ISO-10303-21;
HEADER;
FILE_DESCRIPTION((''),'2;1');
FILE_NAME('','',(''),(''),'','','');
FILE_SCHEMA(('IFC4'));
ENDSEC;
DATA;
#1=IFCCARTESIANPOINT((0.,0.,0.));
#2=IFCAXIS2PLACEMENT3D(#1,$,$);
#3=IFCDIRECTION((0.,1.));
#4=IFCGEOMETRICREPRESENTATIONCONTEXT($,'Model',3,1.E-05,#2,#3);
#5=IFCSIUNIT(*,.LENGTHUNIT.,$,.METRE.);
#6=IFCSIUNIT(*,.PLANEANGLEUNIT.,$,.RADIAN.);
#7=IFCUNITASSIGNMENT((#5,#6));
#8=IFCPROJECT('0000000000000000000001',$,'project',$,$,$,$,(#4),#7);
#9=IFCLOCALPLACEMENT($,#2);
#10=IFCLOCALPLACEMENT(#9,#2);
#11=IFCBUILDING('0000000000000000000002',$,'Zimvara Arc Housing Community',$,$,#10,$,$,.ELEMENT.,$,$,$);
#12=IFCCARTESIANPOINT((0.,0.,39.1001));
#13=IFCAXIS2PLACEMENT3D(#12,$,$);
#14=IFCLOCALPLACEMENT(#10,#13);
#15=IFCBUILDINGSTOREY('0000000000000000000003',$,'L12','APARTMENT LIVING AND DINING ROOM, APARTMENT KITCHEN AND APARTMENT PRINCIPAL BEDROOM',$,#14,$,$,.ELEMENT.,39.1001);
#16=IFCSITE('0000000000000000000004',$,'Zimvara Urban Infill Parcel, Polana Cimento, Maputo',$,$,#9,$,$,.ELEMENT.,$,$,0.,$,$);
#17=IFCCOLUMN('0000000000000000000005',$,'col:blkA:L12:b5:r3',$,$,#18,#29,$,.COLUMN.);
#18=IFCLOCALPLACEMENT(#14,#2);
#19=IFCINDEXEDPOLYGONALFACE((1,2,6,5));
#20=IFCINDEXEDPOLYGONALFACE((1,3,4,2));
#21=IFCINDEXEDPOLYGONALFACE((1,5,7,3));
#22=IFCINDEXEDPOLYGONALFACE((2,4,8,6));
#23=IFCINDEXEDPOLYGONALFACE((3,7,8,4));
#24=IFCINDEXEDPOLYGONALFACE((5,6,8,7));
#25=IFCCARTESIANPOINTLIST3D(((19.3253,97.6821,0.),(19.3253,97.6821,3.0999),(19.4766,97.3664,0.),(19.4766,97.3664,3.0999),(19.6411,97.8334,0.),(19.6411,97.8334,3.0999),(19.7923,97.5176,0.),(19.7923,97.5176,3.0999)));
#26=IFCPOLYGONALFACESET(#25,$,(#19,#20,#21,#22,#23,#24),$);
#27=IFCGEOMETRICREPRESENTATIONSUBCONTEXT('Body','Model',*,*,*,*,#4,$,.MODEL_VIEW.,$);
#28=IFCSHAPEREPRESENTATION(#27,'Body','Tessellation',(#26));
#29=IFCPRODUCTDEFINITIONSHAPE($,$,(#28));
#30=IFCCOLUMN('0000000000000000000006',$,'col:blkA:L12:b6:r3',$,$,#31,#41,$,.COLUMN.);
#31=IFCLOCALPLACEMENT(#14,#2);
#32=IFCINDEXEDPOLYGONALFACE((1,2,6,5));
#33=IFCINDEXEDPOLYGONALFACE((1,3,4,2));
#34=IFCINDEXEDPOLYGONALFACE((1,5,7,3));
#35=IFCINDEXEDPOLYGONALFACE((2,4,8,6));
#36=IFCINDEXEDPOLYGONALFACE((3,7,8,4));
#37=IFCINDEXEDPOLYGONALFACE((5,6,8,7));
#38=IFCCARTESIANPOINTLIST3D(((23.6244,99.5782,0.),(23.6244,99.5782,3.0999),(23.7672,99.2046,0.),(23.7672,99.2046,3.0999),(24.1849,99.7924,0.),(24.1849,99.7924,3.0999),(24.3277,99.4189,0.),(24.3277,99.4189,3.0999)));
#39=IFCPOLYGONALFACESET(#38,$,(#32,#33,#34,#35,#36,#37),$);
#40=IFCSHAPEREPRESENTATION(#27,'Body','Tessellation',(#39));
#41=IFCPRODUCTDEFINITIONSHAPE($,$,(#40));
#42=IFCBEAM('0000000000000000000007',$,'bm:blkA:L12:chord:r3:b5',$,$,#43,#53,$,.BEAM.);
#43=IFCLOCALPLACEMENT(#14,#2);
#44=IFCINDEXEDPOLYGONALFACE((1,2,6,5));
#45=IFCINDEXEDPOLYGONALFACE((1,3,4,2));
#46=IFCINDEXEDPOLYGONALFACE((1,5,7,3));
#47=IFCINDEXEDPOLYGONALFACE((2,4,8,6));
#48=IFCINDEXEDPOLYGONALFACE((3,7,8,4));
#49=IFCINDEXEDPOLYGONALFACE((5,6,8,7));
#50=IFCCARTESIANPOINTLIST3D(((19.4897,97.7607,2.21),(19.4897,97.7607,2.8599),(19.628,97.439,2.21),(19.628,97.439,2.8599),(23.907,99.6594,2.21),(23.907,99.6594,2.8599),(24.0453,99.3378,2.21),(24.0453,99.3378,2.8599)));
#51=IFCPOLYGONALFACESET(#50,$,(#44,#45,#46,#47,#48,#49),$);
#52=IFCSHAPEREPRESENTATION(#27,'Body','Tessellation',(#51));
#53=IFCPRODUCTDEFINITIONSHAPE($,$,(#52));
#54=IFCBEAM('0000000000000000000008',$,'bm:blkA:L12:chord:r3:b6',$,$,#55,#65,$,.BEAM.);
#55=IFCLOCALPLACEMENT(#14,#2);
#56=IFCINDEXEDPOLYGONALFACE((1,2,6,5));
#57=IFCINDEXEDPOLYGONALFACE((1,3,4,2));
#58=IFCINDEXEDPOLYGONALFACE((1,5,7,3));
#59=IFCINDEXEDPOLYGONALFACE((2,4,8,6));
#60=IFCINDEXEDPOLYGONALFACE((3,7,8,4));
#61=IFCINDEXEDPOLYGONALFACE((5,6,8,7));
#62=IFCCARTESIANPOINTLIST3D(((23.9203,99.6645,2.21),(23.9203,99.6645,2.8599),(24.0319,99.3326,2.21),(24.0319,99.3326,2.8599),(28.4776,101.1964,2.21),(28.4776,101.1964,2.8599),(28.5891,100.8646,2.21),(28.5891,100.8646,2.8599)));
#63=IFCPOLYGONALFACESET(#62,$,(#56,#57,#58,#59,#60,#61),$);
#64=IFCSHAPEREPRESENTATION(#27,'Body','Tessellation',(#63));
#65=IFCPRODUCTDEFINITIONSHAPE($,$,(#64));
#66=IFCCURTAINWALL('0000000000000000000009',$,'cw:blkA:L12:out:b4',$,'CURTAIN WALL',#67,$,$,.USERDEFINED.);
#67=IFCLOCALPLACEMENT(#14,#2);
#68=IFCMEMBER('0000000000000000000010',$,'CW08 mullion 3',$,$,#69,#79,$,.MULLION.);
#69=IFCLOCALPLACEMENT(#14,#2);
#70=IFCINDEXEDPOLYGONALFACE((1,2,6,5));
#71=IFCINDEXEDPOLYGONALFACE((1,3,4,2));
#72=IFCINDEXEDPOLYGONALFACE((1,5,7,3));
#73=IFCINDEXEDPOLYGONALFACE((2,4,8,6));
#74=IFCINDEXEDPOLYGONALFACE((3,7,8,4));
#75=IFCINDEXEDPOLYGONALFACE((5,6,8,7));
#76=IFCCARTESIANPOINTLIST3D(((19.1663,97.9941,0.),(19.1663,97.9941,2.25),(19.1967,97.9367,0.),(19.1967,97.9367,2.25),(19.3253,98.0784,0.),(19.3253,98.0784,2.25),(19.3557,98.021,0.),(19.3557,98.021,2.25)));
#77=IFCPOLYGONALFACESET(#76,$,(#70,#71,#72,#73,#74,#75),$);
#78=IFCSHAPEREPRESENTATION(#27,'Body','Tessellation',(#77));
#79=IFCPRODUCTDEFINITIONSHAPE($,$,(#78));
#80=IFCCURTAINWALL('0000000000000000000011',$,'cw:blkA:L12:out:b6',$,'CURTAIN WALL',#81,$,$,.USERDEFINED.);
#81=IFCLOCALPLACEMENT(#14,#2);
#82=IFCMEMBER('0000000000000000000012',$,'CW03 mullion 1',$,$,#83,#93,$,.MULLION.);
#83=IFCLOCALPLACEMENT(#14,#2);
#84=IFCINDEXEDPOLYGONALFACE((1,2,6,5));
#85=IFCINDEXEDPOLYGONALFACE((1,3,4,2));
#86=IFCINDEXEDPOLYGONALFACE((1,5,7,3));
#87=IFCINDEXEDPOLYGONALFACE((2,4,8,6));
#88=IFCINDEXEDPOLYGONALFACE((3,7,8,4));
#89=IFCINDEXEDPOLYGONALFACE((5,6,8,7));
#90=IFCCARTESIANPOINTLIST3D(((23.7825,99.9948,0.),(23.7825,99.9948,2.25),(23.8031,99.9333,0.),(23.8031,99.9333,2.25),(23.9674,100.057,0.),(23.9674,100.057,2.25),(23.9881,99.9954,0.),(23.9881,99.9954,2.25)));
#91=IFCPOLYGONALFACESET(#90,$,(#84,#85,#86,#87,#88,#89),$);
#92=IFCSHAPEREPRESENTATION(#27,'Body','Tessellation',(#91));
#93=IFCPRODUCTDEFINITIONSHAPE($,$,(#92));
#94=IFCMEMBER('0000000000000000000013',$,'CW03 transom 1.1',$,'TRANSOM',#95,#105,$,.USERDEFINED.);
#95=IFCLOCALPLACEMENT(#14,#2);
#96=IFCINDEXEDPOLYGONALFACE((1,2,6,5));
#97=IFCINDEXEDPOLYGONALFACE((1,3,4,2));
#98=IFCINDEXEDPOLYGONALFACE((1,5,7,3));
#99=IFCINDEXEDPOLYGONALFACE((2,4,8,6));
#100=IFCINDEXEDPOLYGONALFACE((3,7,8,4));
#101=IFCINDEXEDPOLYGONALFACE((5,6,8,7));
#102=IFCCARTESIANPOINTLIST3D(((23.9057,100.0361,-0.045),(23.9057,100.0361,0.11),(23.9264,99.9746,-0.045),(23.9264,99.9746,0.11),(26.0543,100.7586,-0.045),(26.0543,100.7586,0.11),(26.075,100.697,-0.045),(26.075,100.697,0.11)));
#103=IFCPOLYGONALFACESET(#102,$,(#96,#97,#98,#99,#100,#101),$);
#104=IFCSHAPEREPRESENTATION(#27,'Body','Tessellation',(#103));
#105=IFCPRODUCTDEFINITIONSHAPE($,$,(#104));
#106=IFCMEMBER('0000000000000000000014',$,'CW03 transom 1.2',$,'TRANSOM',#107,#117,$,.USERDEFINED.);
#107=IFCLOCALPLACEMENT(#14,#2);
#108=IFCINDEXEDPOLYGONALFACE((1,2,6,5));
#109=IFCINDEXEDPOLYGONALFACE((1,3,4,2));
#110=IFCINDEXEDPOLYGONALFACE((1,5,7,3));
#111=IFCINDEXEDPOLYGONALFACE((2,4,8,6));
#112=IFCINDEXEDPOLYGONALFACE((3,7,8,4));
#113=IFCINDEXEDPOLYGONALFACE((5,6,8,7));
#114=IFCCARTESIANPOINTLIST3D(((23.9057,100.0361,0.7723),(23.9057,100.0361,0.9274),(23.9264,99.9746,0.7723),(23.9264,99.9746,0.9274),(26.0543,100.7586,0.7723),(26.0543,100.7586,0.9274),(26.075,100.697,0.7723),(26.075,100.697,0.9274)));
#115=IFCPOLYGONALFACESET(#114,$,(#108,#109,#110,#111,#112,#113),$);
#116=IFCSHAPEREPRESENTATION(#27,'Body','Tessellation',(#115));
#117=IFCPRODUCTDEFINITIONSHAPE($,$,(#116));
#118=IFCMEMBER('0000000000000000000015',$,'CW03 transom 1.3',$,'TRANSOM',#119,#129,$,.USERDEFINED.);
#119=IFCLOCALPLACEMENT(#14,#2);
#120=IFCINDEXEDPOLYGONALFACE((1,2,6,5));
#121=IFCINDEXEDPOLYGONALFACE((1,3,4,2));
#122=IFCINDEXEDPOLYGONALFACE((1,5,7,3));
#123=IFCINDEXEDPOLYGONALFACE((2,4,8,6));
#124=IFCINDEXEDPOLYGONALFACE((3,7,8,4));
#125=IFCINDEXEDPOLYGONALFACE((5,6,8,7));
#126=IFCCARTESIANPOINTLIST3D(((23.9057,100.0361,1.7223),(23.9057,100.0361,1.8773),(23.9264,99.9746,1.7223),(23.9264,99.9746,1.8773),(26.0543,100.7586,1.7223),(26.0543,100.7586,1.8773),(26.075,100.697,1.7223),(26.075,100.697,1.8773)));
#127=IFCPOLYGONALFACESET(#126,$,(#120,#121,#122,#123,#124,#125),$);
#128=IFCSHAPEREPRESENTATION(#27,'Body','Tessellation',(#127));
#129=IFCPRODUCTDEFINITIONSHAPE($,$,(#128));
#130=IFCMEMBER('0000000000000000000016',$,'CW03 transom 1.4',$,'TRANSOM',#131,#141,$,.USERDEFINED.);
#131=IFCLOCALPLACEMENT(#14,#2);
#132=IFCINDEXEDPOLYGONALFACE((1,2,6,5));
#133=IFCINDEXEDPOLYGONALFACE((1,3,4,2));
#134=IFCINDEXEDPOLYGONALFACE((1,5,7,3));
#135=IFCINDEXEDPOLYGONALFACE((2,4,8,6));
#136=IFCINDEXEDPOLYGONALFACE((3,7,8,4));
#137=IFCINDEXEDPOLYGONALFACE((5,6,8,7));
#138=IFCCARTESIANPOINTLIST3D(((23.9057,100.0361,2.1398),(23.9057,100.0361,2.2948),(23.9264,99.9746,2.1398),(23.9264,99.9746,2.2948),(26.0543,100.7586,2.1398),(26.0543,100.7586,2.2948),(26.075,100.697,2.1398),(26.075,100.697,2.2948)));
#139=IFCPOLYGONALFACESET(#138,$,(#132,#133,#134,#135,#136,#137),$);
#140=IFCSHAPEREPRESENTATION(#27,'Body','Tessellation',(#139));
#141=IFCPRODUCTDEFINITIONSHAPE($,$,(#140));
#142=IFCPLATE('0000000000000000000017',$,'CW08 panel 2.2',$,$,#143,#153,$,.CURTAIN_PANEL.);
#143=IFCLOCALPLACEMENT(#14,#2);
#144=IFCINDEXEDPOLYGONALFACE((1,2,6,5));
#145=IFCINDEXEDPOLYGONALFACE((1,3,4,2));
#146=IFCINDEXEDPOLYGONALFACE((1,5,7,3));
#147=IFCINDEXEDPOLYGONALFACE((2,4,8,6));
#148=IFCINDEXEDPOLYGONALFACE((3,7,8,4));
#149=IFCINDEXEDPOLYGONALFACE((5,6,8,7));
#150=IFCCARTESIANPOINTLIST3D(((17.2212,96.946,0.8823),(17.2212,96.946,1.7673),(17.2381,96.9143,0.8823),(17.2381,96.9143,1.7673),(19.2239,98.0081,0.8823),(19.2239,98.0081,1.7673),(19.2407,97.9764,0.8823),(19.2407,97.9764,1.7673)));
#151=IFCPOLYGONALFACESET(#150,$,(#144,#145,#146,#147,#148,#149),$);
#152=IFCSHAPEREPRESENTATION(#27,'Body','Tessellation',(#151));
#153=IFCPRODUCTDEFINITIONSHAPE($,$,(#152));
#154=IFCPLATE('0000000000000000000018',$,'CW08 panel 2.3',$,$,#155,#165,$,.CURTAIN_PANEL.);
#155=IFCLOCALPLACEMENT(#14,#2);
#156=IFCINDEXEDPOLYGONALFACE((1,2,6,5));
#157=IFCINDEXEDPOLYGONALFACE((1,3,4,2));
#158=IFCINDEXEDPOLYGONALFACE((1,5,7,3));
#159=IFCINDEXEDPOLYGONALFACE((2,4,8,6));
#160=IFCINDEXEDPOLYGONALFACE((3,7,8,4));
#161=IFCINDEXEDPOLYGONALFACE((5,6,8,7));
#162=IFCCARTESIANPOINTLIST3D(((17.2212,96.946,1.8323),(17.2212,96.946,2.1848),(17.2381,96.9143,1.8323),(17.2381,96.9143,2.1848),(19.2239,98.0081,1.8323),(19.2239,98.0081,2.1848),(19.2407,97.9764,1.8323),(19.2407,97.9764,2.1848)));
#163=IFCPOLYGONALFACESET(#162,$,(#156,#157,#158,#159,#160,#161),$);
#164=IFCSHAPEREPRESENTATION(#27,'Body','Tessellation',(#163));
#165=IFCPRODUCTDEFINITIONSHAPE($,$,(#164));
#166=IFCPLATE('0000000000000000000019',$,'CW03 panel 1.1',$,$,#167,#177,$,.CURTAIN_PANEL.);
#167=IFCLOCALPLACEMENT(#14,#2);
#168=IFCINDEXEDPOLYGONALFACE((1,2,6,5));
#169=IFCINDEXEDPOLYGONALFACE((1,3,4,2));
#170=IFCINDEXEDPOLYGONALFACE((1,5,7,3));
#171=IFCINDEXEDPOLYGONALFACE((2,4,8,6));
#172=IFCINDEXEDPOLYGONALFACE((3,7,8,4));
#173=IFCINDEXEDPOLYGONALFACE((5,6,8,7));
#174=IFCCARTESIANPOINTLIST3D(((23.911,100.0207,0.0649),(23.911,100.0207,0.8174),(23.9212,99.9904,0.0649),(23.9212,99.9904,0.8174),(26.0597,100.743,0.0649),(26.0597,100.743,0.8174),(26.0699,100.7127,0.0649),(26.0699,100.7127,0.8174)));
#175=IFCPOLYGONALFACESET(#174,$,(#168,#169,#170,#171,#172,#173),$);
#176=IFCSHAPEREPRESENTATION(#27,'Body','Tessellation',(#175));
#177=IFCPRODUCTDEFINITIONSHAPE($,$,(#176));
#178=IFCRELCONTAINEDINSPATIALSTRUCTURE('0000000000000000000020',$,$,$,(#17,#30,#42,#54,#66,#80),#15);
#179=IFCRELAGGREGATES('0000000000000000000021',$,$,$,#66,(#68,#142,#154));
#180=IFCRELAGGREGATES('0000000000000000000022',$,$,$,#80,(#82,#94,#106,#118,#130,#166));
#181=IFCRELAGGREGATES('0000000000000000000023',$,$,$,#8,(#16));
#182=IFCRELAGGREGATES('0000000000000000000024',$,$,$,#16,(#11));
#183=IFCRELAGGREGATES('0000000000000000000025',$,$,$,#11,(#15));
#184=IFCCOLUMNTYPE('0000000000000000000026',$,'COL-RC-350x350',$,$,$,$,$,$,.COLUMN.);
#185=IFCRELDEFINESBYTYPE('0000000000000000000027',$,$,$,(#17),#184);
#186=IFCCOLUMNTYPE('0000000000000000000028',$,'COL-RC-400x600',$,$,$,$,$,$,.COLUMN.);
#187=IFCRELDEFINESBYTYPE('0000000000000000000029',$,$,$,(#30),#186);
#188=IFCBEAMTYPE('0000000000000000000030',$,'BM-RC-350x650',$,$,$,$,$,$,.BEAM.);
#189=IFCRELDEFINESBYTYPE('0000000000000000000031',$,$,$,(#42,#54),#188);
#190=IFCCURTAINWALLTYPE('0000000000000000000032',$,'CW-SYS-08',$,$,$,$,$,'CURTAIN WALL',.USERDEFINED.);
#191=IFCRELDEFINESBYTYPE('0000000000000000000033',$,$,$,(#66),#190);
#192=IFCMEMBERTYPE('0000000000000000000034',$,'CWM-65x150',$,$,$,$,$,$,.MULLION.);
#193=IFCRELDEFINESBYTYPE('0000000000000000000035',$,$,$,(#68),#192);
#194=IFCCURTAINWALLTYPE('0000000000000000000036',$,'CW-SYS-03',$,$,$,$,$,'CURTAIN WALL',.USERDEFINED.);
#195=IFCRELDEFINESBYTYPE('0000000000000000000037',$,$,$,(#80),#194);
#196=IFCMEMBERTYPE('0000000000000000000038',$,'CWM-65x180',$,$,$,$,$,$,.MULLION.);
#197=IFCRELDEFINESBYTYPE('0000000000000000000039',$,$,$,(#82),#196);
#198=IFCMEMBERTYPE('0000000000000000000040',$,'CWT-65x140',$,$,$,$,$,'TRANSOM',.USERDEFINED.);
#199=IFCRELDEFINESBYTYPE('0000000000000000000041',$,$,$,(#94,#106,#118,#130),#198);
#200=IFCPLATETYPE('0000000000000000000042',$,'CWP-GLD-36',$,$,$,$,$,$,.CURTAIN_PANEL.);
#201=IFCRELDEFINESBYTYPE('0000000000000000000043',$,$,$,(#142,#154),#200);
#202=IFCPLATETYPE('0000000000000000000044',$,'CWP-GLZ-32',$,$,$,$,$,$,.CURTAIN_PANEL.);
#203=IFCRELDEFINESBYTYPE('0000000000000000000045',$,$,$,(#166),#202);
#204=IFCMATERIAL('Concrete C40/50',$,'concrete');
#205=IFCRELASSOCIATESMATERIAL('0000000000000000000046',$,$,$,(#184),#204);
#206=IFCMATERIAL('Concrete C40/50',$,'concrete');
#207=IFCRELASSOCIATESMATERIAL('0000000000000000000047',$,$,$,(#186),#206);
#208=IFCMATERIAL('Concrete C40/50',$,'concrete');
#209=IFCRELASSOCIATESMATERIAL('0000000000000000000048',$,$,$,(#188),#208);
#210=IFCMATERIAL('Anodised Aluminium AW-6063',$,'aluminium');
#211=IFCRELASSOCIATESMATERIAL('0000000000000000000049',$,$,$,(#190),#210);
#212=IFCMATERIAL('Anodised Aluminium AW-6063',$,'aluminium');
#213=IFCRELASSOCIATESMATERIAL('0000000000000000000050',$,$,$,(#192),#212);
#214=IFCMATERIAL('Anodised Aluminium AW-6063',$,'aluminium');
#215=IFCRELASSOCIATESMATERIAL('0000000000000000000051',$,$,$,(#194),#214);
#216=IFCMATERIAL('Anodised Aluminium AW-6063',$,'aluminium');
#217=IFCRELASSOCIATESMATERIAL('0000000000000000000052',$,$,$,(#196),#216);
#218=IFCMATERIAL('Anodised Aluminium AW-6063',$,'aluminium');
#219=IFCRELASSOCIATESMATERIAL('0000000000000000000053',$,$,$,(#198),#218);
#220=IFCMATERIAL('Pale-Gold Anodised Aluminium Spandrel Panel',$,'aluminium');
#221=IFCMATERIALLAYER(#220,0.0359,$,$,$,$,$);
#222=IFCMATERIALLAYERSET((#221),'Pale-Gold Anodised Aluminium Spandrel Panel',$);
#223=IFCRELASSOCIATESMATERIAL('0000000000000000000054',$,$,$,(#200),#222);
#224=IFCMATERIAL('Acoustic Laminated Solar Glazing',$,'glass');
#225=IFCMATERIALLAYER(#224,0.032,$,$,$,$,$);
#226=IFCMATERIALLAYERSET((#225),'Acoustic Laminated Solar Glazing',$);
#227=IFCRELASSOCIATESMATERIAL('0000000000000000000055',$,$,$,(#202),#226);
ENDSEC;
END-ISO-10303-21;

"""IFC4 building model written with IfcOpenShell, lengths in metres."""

from ifc_helpers import new_model, si_unit, direction, frame, origin, origin_2d, place, context, subcontext, project, spatial, rectangle, extrude, material, layer, layer_set, material_profile, profile_set, type_object, element, aggregate, save


model = new_model("IFC4")

# Units and contexts
model_context = context("Model", 3, precision=1e-05, world=origin(), true_north=direction((0.0, 1.0)))
body_context = subcontext(model_context, "Body", "Model", "MODEL_VIEW")
ifc_project = project(units=[si_unit("LENGTHUNIT", "METRE"), si_unit("PLANEANGLEUNIT", "RADIAN")], contexts=[model_context])

# Site, building, storey
site_placement = place(None, origin())
site = spatial("IfcSite", under=ifc_project, at=site_placement, Name="Zimvara Urban Infill Parcel, Polana Cimento, Maputo", CompositionType="ELEMENT", RefElevation=0.0)
building_placement = place(site_placement, origin())
building = spatial("IfcBuilding", under=site, at=building_placement, Name="Zimvara Arc Housing Community", CompositionType="ELEMENT")
storey_placement = place(building_placement, frame((0.0, 0.0, 39.1001)))
storey = spatial("IfcBuildingStorey", under=building, at=storey_placement, Name="L12", Description="APARTMENT LIVING AND DINING ROOM, APARTMENT KITCHEN AND APARTMENT PRINCIPAL BEDROOM", CompositionType="ELEMENT", Elevation=39.1001)

# Columns
ifc_material_1 = material(Name="Concrete C40/50", Category="concrete")
ifc_material_profile_1 = material_profile(ifc_material_1, rectangle(XDim=0.3501, YDim=0.3501, at=origin_2d()), Name="RC 350x350")
ifc_profile_set_1 = profile_set([ifc_material_profile_1], Name="Concrete C40/50")
column_type_1 = type_object("IfcColumnType", Name="COL-RC-350x350", PredefinedType="COLUMN", material=ifc_profile_set_1)
column_1_placement = place(storey_placement, frame((19.5588, 97.5999, 0.0), z_axis=(0.0, 0.0, 1.0), x_axis=(-0.432086, 0.901833, 0.0)))
element("IfcColumn", 1, at=column_1_placement, inside=storey, type_object=column_type_1, Name="col:blkA:L12:b5:r3", PredefinedType="COLUMN", context=body_context, shape_type="SweptSolid", body=[
    extrude(rectangle(XDim=0.3501, YDim=0.3501, at=origin_2d()), origin(), (0.0, 0.0, 1.0), 3.0999),
])
ifc_material_2 = material(Name="Concrete C40/50", Category="concrete")
ifc_material_profile_2 = material_profile(ifc_material_2, rectangle(XDim=0.3999, YDim=0.6001, at=origin_2d()), Name="RC 400x600")
ifc_profile_set_2 = profile_set([ifc_material_profile_2], Name="Concrete C40/50")
column_type_2 = type_object("IfcColumnType", Name="COL-RC-400x600", PredefinedType="COLUMN", material=ifc_profile_set_2)
column_2_placement = place(storey_placement, frame((23.9761, 99.4985, 0.0), z_axis=(0.0, 0.0, 1.0), x_axis=(-0.357064, 0.93408, 0.0)))
element("IfcColumn", 2, at=column_2_placement, inside=storey, type_object=column_type_2, Name="col:blkA:L12:b6:r3", PredefinedType="COLUMN", context=body_context, shape_type="SweptSolid", body=[
    extrude(rectangle(XDim=0.3999, YDim=0.6001, at=origin_2d()), origin(), (0.0, 0.0, 1.0), 3.0999),
])

# Beams
ifc_material_3 = material(Name="Concrete C40/50", Category="concrete")
ifc_material_profile_3 = material_profile(ifc_material_3, rectangle(XDim=0.3501, YDim=0.6499, at=origin_2d()), Name="RC 350x650")
ifc_profile_set_3 = profile_set([ifc_material_profile_3], Name="Concrete C40/50")
beam_type = type_object("IfcBeamType", Name="BM-RC-350x650", PredefinedType="BEAM", material=ifc_profile_set_3)
beam_1_placement = place(storey_placement, frame((19.5588, 97.5999, 2.5349), z_axis=(0.918724, 0.3949, 0.0), x_axis=(-0.3949, 0.918724, 0.0)))
element("IfcBeam", 3, at=beam_1_placement, inside=storey, type_object=beam_type, Name="bm:blkA:L12:chord:r3:b5", PredefinedType="BEAM", context=body_context, shape_type="SweptSolid", body=[
    extrude(rectangle(XDim=0.3501, YDim=0.6499, at=origin_2d()), origin(), (0.0, 0.0, 1.0), 4.8081),
])
beam_2_placement = place(storey_placement, frame((23.9761, 99.4985, 2.5349), z_axis=(0.947878, 0.318634, 0.0), x_axis=(-0.318634, 0.947878, 0.0)))
element("IfcBeam", 4, at=beam_2_placement, inside=storey, type_object=beam_type, Name="bm:blkA:L12:chord:r3:b6", PredefinedType="BEAM", context=body_context, shape_type="SweptSolid", body=[
    extrude(rectangle(XDim=0.3501, YDim=0.6499, at=origin_2d()), origin(), (0.0, 0.0, 1.0), 4.8079),
])

# Curtain wall, member
ifc_material_4 = material(Name="Anodised Aluminium AW-6063", Category="aluminium")
curtain_wall_type_1 = type_object("IfcCurtainWallType", Name="CW-SYS-08", ElementType="CURTAIN WALL", PredefinedType="USERDEFINED", material=ifc_material_4)
curtain_wall_1_placement = place(storey_placement, origin())
curtain_wall_1 = element("IfcCurtainWall", 5, at=curtain_wall_1_placement, inside=storey, type_object=curtain_wall_type_1, Name="cw:blkA:L12:out:b4", ObjectType="CURTAIN WALL", PredefinedType="USERDEFINED")
ifc_material_5 = material(Name="Anodised Aluminium AW-6063", Category="aluminium")
ifc_material_profile_4 = material_profile(ifc_material_5, rectangle(XDim=0.0649, YDim=0.1799, at=origin_2d()), Name="ALU 65x180")
ifc_profile_set_4 = profile_set([ifc_material_profile_4], Name="Anodised Aluminium AW-6063")
member_type_1 = type_object("IfcMemberType", Name="CWM-65x150", PredefinedType="MULLION", material=ifc_profile_set_4)
member_1_placement = place(storey_placement, frame((19.261, 98.0076, 0.0), z_axis=(0.0, 0.0, 1.0), x_axis=(-0.468547, 0.883439, 0.0)))
member_1 = element("IfcMember", 6, at=member_1_placement, type_object=member_type_1, Name="CW08 mullion 3", PredefinedType="MULLION", context=body_context, shape_type="SweptSolid", body=[
    extrude(rectangle(XDim=0.0649, YDim=0.1799, at=origin_2d()), origin(), (0.0, 0.0, 1.0), 2.25),
])

# Curtain wall, members
ifc_material_6 = material(Name="Anodised Aluminium AW-6063", Category="aluminium")
curtain_wall_type_2 = type_object("IfcCurtainWallType", Name="CW-SYS-03", ElementType="CURTAIN WALL", PredefinedType="USERDEFINED", material=ifc_material_6)
curtain_wall_2_placement = place(storey_placement, origin())
curtain_wall_2 = element("IfcCurtainWall", 7, at=curtain_wall_2_placement, inside=storey, type_object=curtain_wall_type_2, Name="cw:blkA:L12:out:b6", ObjectType="CURTAIN WALL", PredefinedType="USERDEFINED")
ifc_material_7 = material(Name="Anodised Aluminium AW-6063", Category="aluminium")
ifc_material_profile_5 = material_profile(ifc_material_7, rectangle(XDim=0.0649, YDim=0.1951, at=origin_2d()), Name="ALU 65x195")
ifc_profile_set_5 = profile_set([ifc_material_profile_5], Name="Anodised Aluminium AW-6063")
member_type_2 = type_object("IfcMemberType", Name="CWM-65x180", PredefinedType="MULLION", material=ifc_profile_set_5)
member_2_placement = place(storey_placement, frame((23.8853, 99.9951, 0.0), z_axis=(0.0, 0.0, 1.0), x_axis=(-0.318629, 0.94788, 0.0)))
member_2 = element("IfcMember", 8, at=member_2_placement, type_object=member_type_2, Name="CW03 mullion 1", PredefinedType="MULLION", context=body_context, shape_type="SweptSolid", body=[
    extrude(rectangle(XDim=0.0649, YDim=0.1951, at=origin_2d()), origin(), (0.0, 0.0, 1.0), 2.25),
])
ifc_material_8 = material(Name="Anodised Aluminium AW-6063", Category="aluminium")
ifc_material_profile_6 = material_profile(ifc_material_8, rectangle(XDim=0.0649, YDim=0.155, at=origin_2d()), Name="ALU 65x155")
ifc_profile_set_6 = profile_set([ifc_material_profile_6], Name="Anodised Aluminium AW-6063")
member_type_3 = type_object("IfcMemberType", Name="CWT-65x140", ElementType="TRANSOM", PredefinedType="USERDEFINED", material=ifc_profile_set_6)
member_3_placement = place(storey_placement, frame((23.916, 100.0054, 0.0325), z_axis=(0.947862, 0.318682, 0.0), x_axis=(-0.318682, 0.947862, 0.0)))
member_3 = element("IfcMember", 9, at=member_3_placement, type_object=member_type_3, Name="CW03 transom 1.1", ObjectType="TRANSOM", PredefinedType="USERDEFINED", context=body_context, shape_type="SweptSolid", body=[
    extrude(rectangle(XDim=0.0649, YDim=0.155, at=origin_2d()), origin(), (0.0, 0.0, 1.0), 2.2668),
])
member_4_placement = place(storey_placement, frame((23.916, 100.0054, 0.8499), z_axis=(0.947862, 0.318682, 0.0), x_axis=(-0.318682, 0.947862, 0.0)))
member_4 = element("IfcMember", 10, at=member_4_placement, type_object=member_type_3, Name="CW03 transom 1.2", ObjectType="TRANSOM", PredefinedType="USERDEFINED", context=body_context, shape_type="SweptSolid", body=[
    extrude(rectangle(XDim=0.0649, YDim=0.155, at=origin_2d()), origin(), (0.0, 0.0, 1.0), 2.2668),
])
member_5_placement = place(storey_placement, frame((23.916, 100.0054, 1.7998), z_axis=(0.947862, 0.318682, 0.0), x_axis=(-0.318682, 0.947862, 0.0)))
member_5 = element("IfcMember", 11, at=member_5_placement, type_object=member_type_3, Name="CW03 transom 1.3", ObjectType="TRANSOM", PredefinedType="USERDEFINED", context=body_context, shape_type="SweptSolid", body=[
    extrude(rectangle(XDim=0.0649, YDim=0.155, at=origin_2d()), origin(), (0.0, 0.0, 1.0), 2.2668),
])
member_6_placement = place(storey_placement, frame((23.916, 100.0054, 2.2173), z_axis=(0.947862, 0.318682, 0.0), x_axis=(-0.318682, 0.947862, 0.0)))
member_6 = element("IfcMember", 12, at=member_6_placement, type_object=member_type_3, Name="CW03 transom 1.4", ObjectType="TRANSOM", PredefinedType="USERDEFINED", context=body_context, shape_type="SweptSolid", body=[
    extrude(rectangle(XDim=0.0649, YDim=0.155, at=origin_2d()), origin(), (0.0, 0.0, 1.0), 2.2668),
])

# Plates
ifc_material_9 = material(Name="Pale-Gold Anodised Aluminium Spandrel Panel", Category="aluminium")
ifc_layer_1 = layer(ifc_material_9, 0.0359)
ifc_layer_set_1 = layer_set([ifc_layer_1], Name="Pale-Gold Anodised Aluminium Spandrel Panel")
plate_type_1 = type_object("IfcPlateType", Name="CWP-GLD-36", PredefinedType="CURTAIN_PANEL", material=ifc_layer_set_1)
plate_1_placement = place(storey_placement, frame((18.231, 97.4612, 0.8823), z_axis=(0.0, 0.0, 1.0), x_axis=(0.883439, 0.468547, 0.0)))
plate_1 = element("IfcPlate", 13, at=plate_1_placement, type_object=plate_type_1, Name="CW08 panel 2.2", PredefinedType="CURTAIN_PANEL", context=body_context, shape_type="SweptSolid", body=[
    extrude(rectangle(XDim=2.2668, YDim=0.0359, at=origin_2d()), origin(), (0.0, 0.0, 1.0), 0.885),
])
plate_2_placement = place(storey_placement, frame((18.231, 97.4612, 1.8323), z_axis=(0.0, 0.0, 1.0), x_axis=(0.883439, 0.468547, 0.0)))
plate_2 = element("IfcPlate", 14, at=plate_2_placement, type_object=plate_type_1, Name="CW08 panel 2.3", PredefinedType="CURTAIN_PANEL", context=body_context, shape_type="SweptSolid", body=[
    extrude(rectangle(XDim=2.2668, YDim=0.0359, at=origin_2d()), origin(), (0.0, 0.0, 1.0), 0.3525),
])
aggregate(curtain_wall_1, [member_1, plate_1, plate_2])
ifc_material_10 = material(Name="Acoustic Laminated Solar Glazing", Category="glass")
ifc_layer_2 = layer(ifc_material_10, 0.032)
ifc_layer_set_2 = layer_set([ifc_layer_2], Name="Acoustic Laminated Solar Glazing")
plate_type_2 = type_object("IfcPlateType", Name="CWP-GLZ-32", PredefinedType="CURTAIN_PANEL", material=ifc_layer_set_2)
plate_3_placement = place(storey_placement, frame((24.9905, 100.3667, 0.0649), z_axis=(0.0, 0.0, 1.0), x_axis=(0.94788, 0.318629, 0.0)))
plate_3 = element("IfcPlate", 15, at=plate_3_placement, type_object=plate_type_2, Name="CW03 panel 1.1", PredefinedType="CURTAIN_PANEL", context=body_context, shape_type="SweptSolid", body=[
    extrude(rectangle(XDim=2.2668, YDim=0.032, at=origin_2d()), origin(), (0.0, 0.0, 1.0), 0.7524),
])
aggregate(curtain_wall_2, [member_2, member_3, member_4, member_5, member_6, plate_3])

save(model, "model.ifc")
